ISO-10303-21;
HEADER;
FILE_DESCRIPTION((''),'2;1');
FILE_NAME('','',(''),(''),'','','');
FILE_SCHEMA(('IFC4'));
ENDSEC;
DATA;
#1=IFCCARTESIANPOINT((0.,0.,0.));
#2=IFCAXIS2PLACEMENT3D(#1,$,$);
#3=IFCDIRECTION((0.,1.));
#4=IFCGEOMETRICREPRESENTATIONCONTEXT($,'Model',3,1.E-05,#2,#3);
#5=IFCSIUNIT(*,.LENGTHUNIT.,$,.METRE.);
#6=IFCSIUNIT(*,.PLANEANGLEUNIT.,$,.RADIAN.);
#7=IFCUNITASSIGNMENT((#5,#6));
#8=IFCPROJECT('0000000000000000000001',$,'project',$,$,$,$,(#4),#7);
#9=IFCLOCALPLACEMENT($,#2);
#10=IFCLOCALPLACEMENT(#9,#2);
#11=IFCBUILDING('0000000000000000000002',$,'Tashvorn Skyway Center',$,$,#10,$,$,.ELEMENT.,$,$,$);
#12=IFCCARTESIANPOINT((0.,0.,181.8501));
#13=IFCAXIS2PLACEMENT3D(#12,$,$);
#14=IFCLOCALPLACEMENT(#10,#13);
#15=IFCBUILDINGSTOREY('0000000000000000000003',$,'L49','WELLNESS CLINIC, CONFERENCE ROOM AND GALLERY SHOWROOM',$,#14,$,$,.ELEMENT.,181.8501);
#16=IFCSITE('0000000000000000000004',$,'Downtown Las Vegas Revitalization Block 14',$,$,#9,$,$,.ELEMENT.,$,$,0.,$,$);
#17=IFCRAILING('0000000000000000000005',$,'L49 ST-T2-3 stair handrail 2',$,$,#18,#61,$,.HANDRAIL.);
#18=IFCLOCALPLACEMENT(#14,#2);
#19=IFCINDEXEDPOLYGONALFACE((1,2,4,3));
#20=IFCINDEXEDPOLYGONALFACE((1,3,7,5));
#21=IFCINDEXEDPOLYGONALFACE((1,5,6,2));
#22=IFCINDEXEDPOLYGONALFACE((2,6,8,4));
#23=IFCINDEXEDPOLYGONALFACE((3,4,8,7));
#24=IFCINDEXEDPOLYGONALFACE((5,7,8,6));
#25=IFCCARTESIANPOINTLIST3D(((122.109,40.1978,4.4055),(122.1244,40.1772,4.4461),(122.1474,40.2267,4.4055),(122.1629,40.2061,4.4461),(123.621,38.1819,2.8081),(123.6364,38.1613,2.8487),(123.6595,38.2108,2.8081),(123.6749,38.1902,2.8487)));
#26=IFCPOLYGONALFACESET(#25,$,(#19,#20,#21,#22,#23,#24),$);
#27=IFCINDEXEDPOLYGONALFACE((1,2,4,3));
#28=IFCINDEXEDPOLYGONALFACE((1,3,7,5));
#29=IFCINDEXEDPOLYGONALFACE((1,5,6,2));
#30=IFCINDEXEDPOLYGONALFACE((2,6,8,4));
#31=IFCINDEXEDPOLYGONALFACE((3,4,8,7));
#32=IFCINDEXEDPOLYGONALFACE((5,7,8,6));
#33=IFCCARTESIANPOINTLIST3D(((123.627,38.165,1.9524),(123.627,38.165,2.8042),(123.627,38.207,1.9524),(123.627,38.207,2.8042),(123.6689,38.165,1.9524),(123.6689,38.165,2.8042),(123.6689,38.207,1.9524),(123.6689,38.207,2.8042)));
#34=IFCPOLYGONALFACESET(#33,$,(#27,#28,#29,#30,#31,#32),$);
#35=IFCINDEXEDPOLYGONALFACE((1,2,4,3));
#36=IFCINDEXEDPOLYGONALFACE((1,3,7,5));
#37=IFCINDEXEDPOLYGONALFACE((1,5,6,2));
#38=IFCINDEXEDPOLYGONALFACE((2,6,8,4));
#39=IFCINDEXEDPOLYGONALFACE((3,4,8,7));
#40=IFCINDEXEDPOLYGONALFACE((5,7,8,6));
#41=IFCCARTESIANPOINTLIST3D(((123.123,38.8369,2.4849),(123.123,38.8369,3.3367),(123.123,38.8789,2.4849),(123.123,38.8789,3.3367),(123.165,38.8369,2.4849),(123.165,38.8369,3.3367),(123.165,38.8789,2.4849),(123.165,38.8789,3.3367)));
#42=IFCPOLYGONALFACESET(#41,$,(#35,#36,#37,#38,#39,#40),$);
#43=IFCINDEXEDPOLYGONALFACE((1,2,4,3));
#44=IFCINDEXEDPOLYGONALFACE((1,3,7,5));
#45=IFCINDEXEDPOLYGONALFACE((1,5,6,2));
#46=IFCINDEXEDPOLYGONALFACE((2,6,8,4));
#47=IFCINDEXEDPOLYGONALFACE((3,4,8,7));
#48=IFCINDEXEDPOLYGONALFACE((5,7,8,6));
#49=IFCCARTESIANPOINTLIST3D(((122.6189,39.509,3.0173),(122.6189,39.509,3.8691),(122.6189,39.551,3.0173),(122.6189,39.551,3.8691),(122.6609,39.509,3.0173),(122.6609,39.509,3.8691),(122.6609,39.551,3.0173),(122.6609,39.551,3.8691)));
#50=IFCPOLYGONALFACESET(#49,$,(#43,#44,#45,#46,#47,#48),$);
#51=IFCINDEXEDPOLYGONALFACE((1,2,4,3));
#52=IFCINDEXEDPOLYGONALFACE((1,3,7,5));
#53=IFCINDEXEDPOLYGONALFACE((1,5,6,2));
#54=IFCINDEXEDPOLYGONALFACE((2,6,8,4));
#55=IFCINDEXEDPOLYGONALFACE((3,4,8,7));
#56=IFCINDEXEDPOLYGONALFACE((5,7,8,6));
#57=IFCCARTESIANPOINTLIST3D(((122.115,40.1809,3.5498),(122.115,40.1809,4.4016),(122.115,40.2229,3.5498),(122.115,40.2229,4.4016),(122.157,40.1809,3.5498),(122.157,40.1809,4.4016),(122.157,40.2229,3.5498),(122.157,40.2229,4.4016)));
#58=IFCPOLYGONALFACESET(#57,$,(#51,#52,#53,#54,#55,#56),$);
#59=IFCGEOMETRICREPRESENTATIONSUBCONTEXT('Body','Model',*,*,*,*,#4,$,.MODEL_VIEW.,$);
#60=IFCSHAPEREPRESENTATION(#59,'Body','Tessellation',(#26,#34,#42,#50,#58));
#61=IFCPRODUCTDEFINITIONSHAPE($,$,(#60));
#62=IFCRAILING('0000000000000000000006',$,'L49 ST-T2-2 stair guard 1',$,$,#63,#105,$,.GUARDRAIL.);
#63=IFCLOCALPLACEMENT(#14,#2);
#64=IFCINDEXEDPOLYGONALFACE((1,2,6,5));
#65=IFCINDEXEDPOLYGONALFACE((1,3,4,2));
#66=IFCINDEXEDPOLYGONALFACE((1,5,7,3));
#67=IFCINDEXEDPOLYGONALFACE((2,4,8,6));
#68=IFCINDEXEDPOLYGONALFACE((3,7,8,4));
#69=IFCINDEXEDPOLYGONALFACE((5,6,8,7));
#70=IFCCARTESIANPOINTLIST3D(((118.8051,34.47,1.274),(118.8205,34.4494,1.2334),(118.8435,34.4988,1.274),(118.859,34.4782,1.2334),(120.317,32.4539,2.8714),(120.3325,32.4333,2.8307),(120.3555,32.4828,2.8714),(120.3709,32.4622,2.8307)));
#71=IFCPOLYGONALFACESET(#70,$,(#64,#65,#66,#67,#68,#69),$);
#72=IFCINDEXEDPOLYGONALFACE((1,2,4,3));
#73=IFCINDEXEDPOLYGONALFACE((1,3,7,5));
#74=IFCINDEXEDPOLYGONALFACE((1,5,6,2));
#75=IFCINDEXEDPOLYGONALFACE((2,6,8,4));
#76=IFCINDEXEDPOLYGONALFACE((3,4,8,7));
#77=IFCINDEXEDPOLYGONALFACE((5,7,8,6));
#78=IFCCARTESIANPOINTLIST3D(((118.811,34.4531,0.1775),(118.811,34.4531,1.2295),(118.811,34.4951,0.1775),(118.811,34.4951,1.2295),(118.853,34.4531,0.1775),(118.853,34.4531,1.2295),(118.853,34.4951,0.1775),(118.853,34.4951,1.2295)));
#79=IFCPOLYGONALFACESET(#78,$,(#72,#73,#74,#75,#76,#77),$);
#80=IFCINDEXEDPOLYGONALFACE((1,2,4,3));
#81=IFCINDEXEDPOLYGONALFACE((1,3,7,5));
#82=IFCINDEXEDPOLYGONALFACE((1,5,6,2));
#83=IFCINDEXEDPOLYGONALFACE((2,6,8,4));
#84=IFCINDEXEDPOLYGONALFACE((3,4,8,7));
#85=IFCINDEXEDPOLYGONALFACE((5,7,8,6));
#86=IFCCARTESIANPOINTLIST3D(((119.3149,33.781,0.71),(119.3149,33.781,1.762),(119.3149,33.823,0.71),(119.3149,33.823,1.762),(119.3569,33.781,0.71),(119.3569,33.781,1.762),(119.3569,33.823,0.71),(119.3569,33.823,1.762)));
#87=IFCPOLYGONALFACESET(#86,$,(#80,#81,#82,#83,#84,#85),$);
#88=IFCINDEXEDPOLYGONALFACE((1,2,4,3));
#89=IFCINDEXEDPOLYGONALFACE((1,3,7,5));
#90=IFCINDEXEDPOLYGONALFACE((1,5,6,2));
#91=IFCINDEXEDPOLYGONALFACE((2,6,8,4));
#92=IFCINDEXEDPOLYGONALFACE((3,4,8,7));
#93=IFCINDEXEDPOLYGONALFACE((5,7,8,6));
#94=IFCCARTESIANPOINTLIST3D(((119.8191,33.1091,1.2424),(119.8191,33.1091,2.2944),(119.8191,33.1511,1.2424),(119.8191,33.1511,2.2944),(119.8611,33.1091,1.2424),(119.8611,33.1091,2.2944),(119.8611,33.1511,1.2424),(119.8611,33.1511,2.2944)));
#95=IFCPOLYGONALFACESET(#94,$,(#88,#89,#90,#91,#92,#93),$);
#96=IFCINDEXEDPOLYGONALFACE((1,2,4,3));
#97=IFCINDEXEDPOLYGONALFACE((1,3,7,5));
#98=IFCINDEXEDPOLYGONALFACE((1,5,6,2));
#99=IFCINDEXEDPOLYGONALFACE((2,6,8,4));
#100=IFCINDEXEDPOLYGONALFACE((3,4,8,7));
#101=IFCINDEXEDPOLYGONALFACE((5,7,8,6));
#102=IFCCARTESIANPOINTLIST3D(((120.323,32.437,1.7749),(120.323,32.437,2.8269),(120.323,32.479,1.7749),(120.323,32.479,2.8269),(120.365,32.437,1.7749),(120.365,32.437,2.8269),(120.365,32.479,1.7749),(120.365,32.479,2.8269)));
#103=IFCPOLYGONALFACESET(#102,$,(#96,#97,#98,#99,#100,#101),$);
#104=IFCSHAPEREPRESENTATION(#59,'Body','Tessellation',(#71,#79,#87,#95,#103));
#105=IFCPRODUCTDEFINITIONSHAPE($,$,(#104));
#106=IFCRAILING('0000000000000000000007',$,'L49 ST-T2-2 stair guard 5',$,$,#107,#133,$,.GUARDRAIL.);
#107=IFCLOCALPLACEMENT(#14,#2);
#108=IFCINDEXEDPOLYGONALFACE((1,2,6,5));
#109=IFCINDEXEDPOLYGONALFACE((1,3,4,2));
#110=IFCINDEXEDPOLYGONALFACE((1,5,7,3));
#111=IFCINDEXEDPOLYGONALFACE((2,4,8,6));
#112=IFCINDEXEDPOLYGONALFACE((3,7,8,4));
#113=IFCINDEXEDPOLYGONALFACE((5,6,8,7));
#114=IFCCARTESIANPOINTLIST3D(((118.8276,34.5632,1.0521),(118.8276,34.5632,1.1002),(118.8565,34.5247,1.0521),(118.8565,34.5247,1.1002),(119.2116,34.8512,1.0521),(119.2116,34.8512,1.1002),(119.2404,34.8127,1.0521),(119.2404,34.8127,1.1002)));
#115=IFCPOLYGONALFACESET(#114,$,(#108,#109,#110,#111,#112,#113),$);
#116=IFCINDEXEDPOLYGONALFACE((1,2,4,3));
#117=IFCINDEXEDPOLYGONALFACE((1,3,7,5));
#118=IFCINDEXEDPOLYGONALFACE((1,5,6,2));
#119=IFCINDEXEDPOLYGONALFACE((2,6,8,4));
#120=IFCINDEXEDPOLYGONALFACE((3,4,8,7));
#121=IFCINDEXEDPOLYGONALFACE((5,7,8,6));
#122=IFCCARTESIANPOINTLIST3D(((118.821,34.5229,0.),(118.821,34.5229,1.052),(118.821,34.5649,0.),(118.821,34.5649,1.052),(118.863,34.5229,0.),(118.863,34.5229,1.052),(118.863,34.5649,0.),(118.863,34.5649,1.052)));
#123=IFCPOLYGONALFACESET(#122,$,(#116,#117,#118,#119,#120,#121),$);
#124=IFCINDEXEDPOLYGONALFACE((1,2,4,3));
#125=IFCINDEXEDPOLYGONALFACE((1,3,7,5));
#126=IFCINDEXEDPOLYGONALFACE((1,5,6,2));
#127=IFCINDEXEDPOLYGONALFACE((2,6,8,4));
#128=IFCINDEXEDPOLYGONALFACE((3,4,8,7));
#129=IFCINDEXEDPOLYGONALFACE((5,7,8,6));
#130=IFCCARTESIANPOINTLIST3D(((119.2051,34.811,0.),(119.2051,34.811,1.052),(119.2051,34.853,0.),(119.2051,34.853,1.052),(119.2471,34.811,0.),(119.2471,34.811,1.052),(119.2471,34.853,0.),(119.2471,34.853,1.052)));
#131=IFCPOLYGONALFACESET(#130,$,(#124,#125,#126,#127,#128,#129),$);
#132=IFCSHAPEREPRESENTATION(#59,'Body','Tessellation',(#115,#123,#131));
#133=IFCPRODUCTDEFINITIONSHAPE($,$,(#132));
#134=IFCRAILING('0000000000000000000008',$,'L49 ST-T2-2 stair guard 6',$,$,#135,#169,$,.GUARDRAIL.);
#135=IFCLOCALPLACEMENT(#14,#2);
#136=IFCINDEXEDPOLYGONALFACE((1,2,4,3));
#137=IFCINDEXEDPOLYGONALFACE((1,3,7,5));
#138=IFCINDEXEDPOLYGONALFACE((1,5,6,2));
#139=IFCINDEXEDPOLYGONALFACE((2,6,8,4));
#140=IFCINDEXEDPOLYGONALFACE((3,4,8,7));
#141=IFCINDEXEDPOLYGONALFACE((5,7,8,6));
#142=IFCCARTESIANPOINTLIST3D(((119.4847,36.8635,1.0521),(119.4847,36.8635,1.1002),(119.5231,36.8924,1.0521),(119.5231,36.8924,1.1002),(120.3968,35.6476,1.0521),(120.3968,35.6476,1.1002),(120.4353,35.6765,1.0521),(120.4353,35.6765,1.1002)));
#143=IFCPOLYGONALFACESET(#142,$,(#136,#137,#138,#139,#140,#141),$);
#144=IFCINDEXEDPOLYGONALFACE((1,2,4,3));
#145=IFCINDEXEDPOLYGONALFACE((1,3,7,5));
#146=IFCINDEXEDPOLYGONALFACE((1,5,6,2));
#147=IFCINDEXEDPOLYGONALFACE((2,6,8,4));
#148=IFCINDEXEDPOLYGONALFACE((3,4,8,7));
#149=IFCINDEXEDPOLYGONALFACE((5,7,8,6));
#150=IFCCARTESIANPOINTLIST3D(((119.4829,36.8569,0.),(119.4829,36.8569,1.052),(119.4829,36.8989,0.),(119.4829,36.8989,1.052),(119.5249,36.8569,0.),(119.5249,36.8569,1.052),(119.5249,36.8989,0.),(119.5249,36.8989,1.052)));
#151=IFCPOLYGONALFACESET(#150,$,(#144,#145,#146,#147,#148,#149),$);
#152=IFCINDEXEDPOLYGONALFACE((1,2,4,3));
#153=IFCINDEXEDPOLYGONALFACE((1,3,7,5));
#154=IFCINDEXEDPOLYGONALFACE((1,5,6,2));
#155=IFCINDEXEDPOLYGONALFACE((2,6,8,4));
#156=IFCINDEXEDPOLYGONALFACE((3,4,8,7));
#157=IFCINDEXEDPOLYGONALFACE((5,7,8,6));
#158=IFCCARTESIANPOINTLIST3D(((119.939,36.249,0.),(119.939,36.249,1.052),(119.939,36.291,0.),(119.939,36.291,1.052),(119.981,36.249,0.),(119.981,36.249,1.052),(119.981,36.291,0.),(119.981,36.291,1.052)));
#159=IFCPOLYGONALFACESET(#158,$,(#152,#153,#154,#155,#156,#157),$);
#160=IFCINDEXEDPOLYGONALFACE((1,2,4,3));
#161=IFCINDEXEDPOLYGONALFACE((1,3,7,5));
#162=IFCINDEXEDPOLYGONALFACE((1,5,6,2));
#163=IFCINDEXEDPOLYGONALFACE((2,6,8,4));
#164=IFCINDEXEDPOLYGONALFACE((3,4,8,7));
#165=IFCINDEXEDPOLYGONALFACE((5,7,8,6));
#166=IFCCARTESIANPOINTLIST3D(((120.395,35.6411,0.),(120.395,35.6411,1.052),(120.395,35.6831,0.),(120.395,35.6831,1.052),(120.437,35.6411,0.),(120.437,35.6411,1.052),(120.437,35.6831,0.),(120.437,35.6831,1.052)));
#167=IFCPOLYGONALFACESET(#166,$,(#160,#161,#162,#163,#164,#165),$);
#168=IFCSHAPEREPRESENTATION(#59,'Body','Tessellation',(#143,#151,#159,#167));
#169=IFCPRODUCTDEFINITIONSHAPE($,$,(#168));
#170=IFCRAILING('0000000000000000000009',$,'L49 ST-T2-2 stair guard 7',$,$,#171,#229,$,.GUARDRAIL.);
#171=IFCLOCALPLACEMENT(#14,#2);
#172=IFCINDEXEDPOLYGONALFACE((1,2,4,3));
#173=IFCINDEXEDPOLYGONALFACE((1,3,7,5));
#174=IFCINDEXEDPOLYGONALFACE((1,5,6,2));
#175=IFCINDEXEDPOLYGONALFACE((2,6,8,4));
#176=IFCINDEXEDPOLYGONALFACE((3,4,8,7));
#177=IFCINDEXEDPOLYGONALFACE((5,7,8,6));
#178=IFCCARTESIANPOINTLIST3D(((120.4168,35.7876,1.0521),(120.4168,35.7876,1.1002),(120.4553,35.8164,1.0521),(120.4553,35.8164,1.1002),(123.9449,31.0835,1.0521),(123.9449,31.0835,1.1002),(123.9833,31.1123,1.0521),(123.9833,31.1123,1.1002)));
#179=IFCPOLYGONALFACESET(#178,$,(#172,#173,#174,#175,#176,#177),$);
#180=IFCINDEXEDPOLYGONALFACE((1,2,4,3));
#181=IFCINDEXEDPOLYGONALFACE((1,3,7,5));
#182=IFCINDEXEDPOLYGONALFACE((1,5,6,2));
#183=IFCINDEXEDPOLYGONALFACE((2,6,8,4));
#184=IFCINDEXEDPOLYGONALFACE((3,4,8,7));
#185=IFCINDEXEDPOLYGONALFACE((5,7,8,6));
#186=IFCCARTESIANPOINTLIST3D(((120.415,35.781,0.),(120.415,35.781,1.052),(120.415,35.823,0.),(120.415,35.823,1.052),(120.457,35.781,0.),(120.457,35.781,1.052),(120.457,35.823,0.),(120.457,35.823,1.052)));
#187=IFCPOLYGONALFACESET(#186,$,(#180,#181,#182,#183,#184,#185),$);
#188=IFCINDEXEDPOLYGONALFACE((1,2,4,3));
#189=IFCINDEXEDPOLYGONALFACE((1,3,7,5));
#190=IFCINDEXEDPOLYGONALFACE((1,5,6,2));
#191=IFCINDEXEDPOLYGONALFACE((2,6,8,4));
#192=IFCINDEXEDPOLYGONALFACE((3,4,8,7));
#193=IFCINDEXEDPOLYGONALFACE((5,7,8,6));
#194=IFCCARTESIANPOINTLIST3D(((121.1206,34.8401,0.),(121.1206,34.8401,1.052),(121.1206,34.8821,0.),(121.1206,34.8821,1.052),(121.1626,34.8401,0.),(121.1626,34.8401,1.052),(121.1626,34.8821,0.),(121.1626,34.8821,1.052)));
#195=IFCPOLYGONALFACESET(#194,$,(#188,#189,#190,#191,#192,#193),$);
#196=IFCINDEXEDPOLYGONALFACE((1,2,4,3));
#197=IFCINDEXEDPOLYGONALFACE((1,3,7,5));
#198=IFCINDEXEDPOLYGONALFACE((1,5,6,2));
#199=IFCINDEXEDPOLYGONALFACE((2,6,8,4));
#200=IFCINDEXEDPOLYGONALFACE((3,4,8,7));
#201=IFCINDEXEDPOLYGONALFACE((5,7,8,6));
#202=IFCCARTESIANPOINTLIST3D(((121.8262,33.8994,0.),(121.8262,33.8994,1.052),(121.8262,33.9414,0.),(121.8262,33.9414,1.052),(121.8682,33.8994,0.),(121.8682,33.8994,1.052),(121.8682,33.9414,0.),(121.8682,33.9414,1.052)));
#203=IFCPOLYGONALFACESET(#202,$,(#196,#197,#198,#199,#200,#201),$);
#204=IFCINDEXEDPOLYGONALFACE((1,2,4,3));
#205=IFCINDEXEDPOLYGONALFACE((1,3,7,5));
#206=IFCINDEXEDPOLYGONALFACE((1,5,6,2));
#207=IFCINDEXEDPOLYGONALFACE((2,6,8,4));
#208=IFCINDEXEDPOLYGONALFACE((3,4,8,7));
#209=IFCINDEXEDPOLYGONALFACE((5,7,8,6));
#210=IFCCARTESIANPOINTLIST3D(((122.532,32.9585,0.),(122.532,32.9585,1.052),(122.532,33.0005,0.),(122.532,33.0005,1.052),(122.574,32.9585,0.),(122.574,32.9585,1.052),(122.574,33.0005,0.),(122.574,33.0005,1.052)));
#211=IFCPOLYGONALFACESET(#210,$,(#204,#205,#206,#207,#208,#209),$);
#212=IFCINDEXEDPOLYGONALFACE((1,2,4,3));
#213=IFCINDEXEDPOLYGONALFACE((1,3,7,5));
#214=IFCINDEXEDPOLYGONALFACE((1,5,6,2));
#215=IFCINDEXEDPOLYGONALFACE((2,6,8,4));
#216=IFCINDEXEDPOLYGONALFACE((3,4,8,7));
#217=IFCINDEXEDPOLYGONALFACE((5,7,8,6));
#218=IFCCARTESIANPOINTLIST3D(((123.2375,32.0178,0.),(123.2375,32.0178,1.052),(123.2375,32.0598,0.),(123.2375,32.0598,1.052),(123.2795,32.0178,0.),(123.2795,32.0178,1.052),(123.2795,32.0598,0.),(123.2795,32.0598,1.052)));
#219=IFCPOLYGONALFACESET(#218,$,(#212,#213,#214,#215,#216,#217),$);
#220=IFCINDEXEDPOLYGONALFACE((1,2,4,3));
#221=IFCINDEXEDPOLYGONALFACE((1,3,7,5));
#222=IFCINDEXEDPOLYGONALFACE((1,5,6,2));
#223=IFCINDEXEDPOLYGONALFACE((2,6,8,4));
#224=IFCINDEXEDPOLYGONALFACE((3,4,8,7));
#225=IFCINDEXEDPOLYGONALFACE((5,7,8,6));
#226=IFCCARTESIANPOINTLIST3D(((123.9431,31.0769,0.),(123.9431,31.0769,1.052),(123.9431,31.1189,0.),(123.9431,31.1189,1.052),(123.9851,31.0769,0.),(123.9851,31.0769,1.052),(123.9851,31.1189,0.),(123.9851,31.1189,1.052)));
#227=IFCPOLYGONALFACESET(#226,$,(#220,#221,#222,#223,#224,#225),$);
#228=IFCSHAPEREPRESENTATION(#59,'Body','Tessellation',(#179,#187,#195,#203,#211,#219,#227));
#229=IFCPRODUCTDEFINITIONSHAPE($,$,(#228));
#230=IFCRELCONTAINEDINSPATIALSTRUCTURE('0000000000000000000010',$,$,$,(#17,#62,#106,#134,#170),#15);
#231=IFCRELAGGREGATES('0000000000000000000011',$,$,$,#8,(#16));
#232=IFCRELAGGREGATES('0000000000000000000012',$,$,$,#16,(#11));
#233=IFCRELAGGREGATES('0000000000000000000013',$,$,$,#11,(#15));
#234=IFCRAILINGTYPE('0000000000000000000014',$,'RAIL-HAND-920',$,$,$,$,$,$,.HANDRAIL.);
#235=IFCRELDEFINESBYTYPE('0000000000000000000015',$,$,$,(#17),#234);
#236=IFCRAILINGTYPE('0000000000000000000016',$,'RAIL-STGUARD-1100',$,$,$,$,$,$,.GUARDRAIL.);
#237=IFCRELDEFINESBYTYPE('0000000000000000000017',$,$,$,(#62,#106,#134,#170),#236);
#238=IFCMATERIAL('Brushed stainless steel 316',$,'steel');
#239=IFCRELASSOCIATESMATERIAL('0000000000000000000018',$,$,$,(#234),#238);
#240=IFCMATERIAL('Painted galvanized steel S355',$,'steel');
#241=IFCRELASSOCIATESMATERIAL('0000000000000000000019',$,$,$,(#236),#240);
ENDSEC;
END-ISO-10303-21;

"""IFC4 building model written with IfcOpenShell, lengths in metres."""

from ifc_helpers import new_model, si_unit, direction, frame, origin, origin_2d, place, context, subcontext, project, spatial, rectangle, extrude, material, type_object, element, save


model = new_model("IFC4")

# Units and contexts
model_context = context("Model", 3, precision=1e-05, world=origin(), true_north=direction((0.0, 1.0)))
body_context = subcontext(model_context, "Body", "Model", "MODEL_VIEW")
ifc_project = project(units=[si_unit("LENGTHUNIT", "METRE"), si_unit("PLANEANGLEUNIT", "RADIAN")], contexts=[model_context])

# Site, building, storey
site_placement = place(None, origin())
site = spatial("IfcSite", under=ifc_project, at=site_placement, Name="Downtown Las Vegas Revitalization Block 14", CompositionType="ELEMENT", RefElevation=0.0)
building_placement = place(site_placement, origin())
building = spatial("IfcBuilding", under=site, at=building_placement, Name="Tashvorn Skyway Center", CompositionType="ELEMENT")
storey_placement = place(building_placement, frame((0.0, 0.0, 181.8501)))
storey = spatial("IfcBuildingStorey", under=building, at=storey_placement, Name="L49", Description="WELLNESS CLINIC, CONFERENCE ROOM AND GALLERY SHOWROOM", CompositionType="ELEMENT", Elevation=181.8501)

# Railings
ifc_material_1 = material(Name="Brushed stainless steel 316", Category="steel")
railing_type_1 = type_object("IfcRailingType", Name="RAIL-HAND-920", PredefinedType="HANDRAIL", material=ifc_material_1)
railing_1_placement = place(storey_placement, frame((123.6479, 38.186, 1.9524)))
element("IfcRailing", 1, at=railing_1_placement, inside=storey, type_object=railing_type_1, Name="L49 ST-T2-3 stair handrail 2", PredefinedType="HANDRAIL", context=body_context, shape_type="SweptSolid", body=[
    extrude(rectangle(XDim=0.0481, YDim=0.0481, at=origin_2d()), frame((0.0, 0.0, 0.876), z_axis=(-0.506769, 0.675664, 0.535409), x_axis=(-0.799988, -0.600016, 0.0)), (0.0, 0.0, 1.0), 2.9836),
    extrude(rectangle(XDim=0.042, YDim=0.042, at=origin_2d()), origin(), (0.0, 0.0, 1.0), 0.8518),
    extrude(rectangle(XDim=0.042, YDim=0.042, at=origin_2d()), frame((-0.5039, 0.6719, 0.5325)), (0.0, 0.0, 1.0), 0.8518),
    extrude(rectangle(XDim=0.042, YDim=0.042, at=origin_2d()), frame((-1.0081, 1.344, 1.0649)), (0.0, 0.0, 1.0), 0.8518),
    extrude(rectangle(XDim=0.042, YDim=0.042, at=origin_2d()), frame((-1.512, 2.0159, 1.5974)), (0.0, 0.0, 1.0), 0.8518),
])
ifc_material_2 = material(Name="Painted galvanized steel S355", Category="steel")
railing_type_2 = type_object("IfcRailingType", Name="RAIL-STGUARD-1100", PredefinedType="GUARDRAIL", material=ifc_material_2)
railing_2_placement = place(storey_placement, frame((118.832, 34.4741, 0.1775)))
element("IfcRailing", 2, at=railing_2_placement, inside=storey, type_object=railing_type_2, Name="L49 ST-T2-2 stair guard 1", PredefinedType="GUARDRAIL", context=body_context, shape_type="SweptSolid", body=[
    extrude(rectangle(XDim=0.0481, YDim=0.0481, at=origin_2d()), frame((0.0, 0.0, 1.0762), z_axis=(0.506741, -0.675709, 0.535379), x_axis=(0.800023, 0.599969, 0.0)), (0.0, 0.0, 1.0), 2.9836),
    extrude(rectangle(XDim=0.042, YDim=0.042, at=origin_2d()), origin(), (0.0, 0.0, 1.0), 1.052),
    extrude(rectangle(XDim=0.042, YDim=0.042, at=origin_2d()), frame((0.5039, -0.6721, 0.5325)), (0.0, 0.0, 1.0), 1.052),
    extrude(rectangle(XDim=0.042, YDim=0.042, at=origin_2d()), frame((1.0081, -1.344, 1.0649)), (0.0, 0.0, 1.0), 1.052),
    extrude(rectangle(XDim=0.042, YDim=0.042, at=origin_2d()), frame((1.512, -2.0161, 1.5974)), (0.0, 0.0, 1.0), 1.052),
])
railing_3_placement = place(storey_placement, frame((118.842, 34.5439, 0.0)))
element("IfcRailing", 3, at=railing_3_placement, inside=storey, type_object=railing_type_2, Name="L49 ST-T2-2 stair guard 5", PredefinedType="GUARDRAIL", context=body_context, shape_type="SweptSolid", body=[
    extrude(rectangle(XDim=0.0481, YDim=0.0481, at=origin_2d()), frame((0.0, 0.0, 1.0762), z_axis=(0.799939, 0.600081, 0.0), x_axis=(-0.600081, 0.799939, 0.0)), (0.0, 0.0, 1.0), 0.48),
    extrude(rectangle(XDim=0.042, YDim=0.042, at=origin_2d()), origin(), (0.0, 0.0, 1.0), 1.052),
    extrude(rectangle(XDim=0.042, YDim=0.042, at=origin_2d()), frame((0.384, 0.2881, 0.0)), (0.0, 0.0, 1.0), 1.052),
])
railing_4_placement = place(storey_placement, frame((119.5039, 36.8779, 0.0)))
element("IfcRailing", 4, at=railing_4_placement, inside=storey, type_object=railing_type_2, Name="L49 ST-T2-2 stair guard 6", PredefinedType="GUARDRAIL", context=body_context, shape_type="SweptSolid", body=[
    extrude(rectangle(XDim=0.0481, YDim=0.0481, at=origin_2d()), frame((0.0, 0.0, 1.0762), z_axis=(0.600103, -0.799923, 0.0), x_axis=(0.799923, 0.600103, 0.0)), (0.0, 0.0, 1.0), 1.52),
    extrude(rectangle(XDim=0.042, YDim=0.042, at=origin_2d()), origin(), (0.0, 0.0, 1.0), 1.052),
    extrude(rectangle(XDim=0.042, YDim=0.042, at=origin_2d()), frame((0.4561, -0.6079, 0.0)), (0.0, 0.0, 1.0), 1.052),
    extrude(rectangle(XDim=0.042, YDim=0.042, at=origin_2d()), frame((0.9121, -1.2158, 0.0)), (0.0, 0.0, 1.0), 1.052),
])
railing_5_placement = place(storey_placement, frame((120.436, 35.802, 0.0)))
element("IfcRailing", 5, at=railing_5_placement, inside=storey, type_object=railing_type_2, Name="L49 ST-T2-2 stair guard 7", PredefinedType="GUARDRAIL", context=body_context, shape_type="SweptSolid", body=[
    extrude(rectangle(XDim=0.0481, YDim=0.0481, at=origin_2d()), frame((0.0, 0.0, 1.0762), z_axis=(0.6, -0.8, 0.0), x_axis=(0.8, 0.6, 0.0)), (0.0, 0.0, 1.0), 5.8801),
    extrude(rectangle(XDim=0.042, YDim=0.042, at=origin_2d()), origin(), (0.0, 0.0, 1.0), 1.052),
    extrude(rectangle(XDim=0.042, YDim=0.042, at=origin_2d()), frame((0.7056, -0.9409, 0.0)), (0.0, 0.0, 1.0), 1.052),
    extrude(rectangle(XDim=0.042, YDim=0.042, at=origin_2d()), frame((1.4111, -1.8816, 0.0)), (0.0, 0.0, 1.0), 1.052),
    extrude(rectangle(XDim=0.042, YDim=0.042, at=origin_2d()), frame((2.1169, -2.8225, 0.0)), (0.0, 0.0, 1.0), 1.052),
    extrude(rectangle(XDim=0.042, YDim=0.042, at=origin_2d()), frame((2.8225, -3.7632, 0.0)), (0.0, 0.0, 1.0), 1.052),
    extrude(rectangle(XDim=0.042, YDim=0.042, at=origin_2d()), frame((3.5281, -4.7041, 0.0)), (0.0, 0.0, 1.0), 1.052),
])

save(model, "model.ifc")
